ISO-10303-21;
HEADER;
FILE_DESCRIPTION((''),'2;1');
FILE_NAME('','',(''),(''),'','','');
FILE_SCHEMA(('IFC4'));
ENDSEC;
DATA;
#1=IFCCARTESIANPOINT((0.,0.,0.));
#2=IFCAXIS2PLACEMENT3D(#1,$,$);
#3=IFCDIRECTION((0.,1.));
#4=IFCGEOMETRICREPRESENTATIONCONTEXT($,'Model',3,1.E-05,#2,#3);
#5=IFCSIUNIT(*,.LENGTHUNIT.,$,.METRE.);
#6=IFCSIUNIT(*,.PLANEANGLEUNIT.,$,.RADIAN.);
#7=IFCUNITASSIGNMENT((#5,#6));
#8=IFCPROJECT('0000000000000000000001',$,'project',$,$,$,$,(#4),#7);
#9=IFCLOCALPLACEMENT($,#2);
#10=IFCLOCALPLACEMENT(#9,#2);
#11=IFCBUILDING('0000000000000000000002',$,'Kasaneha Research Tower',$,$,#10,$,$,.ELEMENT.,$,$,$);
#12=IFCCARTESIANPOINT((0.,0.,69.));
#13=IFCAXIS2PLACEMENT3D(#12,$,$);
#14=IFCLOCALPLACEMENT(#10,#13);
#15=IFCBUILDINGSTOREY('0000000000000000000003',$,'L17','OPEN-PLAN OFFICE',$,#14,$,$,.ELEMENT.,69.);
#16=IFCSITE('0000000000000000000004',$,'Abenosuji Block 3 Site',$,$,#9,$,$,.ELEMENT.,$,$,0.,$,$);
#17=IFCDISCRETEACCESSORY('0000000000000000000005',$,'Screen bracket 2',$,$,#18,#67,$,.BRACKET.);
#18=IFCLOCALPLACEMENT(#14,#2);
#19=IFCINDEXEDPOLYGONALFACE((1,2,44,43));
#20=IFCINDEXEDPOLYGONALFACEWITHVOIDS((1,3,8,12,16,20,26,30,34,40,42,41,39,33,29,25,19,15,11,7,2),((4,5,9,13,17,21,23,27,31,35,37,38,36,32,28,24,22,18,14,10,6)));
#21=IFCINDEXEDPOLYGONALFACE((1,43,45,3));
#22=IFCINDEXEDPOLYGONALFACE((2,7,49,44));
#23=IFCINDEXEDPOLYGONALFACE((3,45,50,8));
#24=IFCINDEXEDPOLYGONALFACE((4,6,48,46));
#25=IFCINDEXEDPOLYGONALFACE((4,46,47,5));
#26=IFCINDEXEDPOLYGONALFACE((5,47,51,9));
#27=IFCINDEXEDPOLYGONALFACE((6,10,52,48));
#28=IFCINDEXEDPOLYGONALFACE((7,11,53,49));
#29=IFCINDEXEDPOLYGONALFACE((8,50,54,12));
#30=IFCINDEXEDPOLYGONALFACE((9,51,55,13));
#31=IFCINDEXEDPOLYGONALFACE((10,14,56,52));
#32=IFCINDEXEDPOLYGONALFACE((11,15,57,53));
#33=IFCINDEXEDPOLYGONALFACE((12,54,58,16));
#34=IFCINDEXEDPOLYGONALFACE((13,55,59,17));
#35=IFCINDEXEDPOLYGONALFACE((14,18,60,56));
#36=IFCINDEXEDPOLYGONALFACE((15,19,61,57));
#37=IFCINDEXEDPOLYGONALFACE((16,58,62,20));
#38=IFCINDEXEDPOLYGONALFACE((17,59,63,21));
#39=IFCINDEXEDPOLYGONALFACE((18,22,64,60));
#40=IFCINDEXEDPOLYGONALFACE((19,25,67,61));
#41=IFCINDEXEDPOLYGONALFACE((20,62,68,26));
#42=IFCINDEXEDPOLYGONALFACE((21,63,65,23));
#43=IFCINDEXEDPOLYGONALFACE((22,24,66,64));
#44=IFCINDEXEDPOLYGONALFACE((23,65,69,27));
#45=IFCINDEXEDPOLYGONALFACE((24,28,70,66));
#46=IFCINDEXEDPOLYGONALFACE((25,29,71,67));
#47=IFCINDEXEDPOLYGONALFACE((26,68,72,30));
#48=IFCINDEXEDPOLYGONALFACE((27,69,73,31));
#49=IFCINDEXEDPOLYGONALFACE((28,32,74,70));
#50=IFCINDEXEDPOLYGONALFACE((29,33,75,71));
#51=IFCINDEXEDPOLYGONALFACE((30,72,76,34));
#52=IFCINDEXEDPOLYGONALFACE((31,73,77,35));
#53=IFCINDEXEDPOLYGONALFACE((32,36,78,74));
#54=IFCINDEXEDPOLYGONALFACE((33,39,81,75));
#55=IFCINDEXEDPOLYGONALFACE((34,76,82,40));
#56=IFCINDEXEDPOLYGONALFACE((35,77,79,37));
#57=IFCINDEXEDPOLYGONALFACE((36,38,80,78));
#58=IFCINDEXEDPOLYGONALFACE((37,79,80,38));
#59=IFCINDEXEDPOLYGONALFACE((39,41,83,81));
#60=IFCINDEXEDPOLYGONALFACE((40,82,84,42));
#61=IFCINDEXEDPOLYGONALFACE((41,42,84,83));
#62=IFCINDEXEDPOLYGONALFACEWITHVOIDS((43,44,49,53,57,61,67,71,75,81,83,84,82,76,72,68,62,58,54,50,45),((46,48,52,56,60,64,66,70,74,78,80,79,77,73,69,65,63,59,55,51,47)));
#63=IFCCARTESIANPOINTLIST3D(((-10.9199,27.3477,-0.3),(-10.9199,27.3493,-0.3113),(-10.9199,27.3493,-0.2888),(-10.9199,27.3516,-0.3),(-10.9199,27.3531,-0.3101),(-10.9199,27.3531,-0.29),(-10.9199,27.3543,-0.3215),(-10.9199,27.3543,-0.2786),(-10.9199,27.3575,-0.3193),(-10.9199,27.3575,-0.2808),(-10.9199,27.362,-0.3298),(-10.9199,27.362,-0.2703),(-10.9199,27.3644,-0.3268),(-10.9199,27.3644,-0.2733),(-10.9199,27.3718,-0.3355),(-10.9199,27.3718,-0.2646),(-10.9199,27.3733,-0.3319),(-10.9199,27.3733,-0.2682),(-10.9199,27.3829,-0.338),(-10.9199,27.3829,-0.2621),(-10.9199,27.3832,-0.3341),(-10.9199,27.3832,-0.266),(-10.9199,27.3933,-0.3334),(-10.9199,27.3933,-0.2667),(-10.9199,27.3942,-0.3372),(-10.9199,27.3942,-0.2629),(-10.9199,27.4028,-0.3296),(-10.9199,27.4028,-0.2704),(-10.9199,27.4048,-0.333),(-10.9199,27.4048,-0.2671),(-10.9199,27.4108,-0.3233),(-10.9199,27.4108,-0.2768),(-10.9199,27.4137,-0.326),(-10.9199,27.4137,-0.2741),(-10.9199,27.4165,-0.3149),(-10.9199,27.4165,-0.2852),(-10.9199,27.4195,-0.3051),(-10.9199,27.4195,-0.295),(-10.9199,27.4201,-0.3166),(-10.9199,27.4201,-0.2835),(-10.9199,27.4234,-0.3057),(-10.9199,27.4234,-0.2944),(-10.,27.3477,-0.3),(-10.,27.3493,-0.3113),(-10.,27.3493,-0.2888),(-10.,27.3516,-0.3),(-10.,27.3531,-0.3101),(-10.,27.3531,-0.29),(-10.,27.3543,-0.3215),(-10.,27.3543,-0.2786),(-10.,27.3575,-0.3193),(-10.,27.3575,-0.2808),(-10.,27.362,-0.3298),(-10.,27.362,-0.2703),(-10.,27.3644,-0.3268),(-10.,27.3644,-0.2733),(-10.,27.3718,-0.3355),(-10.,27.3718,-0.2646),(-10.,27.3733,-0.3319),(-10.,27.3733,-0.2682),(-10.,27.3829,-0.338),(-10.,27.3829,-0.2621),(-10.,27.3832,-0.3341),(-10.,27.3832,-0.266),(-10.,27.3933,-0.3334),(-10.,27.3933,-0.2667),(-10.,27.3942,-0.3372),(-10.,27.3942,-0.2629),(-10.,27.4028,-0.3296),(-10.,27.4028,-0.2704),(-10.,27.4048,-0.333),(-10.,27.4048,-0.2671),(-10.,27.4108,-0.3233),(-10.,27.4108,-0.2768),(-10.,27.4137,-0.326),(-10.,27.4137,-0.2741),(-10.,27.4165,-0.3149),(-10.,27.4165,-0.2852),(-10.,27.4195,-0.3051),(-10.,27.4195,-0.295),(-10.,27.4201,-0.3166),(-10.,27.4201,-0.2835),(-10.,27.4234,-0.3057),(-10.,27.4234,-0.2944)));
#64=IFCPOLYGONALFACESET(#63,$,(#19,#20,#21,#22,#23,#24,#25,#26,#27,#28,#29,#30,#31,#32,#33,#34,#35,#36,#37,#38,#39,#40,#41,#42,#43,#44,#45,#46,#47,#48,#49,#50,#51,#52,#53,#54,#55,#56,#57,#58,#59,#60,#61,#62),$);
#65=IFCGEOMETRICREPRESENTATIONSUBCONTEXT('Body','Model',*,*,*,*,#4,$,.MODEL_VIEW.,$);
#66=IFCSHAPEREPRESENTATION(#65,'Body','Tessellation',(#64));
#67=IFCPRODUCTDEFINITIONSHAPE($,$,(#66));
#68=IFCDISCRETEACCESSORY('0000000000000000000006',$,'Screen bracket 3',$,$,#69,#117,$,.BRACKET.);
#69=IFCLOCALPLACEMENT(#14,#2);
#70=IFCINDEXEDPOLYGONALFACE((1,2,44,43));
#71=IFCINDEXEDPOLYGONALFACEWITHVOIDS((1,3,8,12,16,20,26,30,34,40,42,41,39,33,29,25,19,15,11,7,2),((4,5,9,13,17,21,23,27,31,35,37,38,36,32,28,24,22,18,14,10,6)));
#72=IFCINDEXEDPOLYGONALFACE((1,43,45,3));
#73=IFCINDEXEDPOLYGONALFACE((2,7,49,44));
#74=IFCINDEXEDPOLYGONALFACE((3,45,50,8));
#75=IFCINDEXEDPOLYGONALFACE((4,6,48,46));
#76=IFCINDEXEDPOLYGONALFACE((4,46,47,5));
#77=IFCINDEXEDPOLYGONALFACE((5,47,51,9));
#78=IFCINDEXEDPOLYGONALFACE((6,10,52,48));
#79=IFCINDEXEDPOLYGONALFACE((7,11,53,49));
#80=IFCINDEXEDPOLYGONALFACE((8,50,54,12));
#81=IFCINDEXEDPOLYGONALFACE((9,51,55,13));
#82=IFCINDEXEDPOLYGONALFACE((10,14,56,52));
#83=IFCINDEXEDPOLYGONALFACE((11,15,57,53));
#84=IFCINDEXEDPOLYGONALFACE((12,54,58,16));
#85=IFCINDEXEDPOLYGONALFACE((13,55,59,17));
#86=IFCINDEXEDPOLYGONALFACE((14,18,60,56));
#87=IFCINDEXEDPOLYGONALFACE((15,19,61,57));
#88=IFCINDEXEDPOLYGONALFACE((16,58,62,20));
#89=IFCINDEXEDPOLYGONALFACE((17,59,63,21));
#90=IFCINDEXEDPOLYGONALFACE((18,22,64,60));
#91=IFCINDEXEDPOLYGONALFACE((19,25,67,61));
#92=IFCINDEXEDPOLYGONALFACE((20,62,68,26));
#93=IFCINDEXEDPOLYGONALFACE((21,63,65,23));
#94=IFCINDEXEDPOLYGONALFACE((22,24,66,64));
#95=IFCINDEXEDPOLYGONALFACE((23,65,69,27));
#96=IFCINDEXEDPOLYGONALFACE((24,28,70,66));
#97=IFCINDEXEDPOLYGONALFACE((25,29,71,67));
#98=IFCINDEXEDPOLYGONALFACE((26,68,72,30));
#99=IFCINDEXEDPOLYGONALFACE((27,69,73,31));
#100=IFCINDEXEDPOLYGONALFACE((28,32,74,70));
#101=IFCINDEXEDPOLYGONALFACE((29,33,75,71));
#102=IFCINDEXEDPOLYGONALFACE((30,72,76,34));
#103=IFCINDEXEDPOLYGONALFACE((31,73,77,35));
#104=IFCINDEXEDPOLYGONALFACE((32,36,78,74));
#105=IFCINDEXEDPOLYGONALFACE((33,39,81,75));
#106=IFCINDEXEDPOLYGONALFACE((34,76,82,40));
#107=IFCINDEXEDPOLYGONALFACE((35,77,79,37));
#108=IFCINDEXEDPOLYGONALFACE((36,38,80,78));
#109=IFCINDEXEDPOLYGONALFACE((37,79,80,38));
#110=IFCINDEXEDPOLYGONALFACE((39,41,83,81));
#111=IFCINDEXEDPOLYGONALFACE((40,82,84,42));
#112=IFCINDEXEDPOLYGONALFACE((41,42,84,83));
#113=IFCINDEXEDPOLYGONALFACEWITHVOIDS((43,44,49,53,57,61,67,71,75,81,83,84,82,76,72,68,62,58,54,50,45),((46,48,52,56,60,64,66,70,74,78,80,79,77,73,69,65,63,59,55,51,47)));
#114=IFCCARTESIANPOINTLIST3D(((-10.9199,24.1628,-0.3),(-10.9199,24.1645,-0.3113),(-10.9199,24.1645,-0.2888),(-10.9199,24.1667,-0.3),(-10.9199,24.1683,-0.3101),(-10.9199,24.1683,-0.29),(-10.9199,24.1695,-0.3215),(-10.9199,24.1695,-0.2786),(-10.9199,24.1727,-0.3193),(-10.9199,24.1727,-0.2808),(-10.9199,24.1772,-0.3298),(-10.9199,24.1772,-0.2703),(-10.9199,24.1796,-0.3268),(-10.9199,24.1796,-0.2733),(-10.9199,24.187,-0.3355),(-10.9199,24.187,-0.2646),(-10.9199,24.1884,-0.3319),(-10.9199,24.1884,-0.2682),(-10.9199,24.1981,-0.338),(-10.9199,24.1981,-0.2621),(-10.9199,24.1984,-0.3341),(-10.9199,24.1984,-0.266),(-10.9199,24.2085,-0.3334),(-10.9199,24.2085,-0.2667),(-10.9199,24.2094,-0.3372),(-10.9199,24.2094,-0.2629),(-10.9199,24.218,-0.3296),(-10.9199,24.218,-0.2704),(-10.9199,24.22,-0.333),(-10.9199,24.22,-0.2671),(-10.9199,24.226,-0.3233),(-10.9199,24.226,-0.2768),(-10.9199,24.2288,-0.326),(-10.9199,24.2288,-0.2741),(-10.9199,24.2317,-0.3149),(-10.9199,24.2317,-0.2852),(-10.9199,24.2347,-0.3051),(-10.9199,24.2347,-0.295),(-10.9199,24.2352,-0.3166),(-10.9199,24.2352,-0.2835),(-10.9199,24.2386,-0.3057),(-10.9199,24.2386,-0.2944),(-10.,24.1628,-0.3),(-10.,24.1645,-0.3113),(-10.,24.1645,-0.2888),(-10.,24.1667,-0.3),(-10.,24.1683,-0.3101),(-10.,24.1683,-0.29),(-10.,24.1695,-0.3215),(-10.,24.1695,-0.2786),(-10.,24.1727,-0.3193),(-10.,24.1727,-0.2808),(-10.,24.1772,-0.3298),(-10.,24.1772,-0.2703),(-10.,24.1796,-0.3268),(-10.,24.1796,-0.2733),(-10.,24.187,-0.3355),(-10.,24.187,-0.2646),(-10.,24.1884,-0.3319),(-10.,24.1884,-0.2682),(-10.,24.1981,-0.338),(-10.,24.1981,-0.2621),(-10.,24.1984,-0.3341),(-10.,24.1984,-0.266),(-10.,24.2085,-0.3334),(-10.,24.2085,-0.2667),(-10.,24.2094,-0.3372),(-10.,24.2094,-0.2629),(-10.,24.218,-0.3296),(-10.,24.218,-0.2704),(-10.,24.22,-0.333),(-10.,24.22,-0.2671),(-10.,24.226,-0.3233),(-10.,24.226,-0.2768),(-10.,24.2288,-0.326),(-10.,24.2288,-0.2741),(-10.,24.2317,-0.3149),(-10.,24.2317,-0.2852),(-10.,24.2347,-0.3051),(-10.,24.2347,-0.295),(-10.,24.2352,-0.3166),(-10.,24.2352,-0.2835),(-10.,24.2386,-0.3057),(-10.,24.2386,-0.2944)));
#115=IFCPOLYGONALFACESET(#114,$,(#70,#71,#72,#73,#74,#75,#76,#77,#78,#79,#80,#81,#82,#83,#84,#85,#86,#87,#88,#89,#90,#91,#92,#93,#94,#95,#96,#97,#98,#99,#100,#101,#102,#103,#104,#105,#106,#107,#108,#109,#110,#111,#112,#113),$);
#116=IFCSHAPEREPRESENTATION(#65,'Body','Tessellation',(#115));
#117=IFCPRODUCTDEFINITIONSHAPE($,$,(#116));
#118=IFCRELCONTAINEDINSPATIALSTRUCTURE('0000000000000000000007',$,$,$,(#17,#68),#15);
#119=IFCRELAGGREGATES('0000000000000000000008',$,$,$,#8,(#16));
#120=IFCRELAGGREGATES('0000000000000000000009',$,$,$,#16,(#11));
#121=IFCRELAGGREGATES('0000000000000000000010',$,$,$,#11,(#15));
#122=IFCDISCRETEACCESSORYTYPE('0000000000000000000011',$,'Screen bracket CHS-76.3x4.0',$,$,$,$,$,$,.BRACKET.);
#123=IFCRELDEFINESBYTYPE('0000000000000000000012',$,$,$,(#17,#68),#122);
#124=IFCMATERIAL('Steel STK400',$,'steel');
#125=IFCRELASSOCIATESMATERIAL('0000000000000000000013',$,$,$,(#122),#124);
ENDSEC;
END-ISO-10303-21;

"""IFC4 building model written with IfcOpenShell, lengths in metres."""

from ifc_helpers import new_model, si_unit, direction, frame, origin, origin_2d, place, context, subcontext, project, spatial, hollow_circle, extrude, material, material_profile, profile_set, type_object, element, save


model = new_model("IFC4")

# Units and contexts
model_context = context("Model", 3, precision=1e-05, world=origin(), true_north=direction((0.0, 1.0)))
body_context = subcontext(model_context, "Body", "Model", "MODEL_VIEW")
ifc_project = project(units=[si_unit("LENGTHUNIT", "METRE"), si_unit("PLANEANGLEUNIT", "RADIAN")], contexts=[model_context])

# Site, building, storey
site_placement = place(None, origin())
site = spatial("IfcSite", under=ifc_project, at=site_placement, Name="Abenosuji Block 3 Site", CompositionType="ELEMENT", RefElevation=0.0)
building_placement = place(site_placement, origin())
building = spatial("IfcBuilding", under=site, at=building_placement, Name="Kasaneha Research Tower", CompositionType="ELEMENT")
storey_placement = place(building_placement, frame((0.0, 0.0, 69.0)))
storey = spatial("IfcBuildingStorey", under=building, at=storey_placement, Name="L17", Description="OPEN-PLAN OFFICE", CompositionType="ELEMENT", Elevation=69.0)

# Discrete accessories
ifc_material_1 = material(Name="Steel STK400", Category="steel")
ifc_material_profile_1 = material_profile(ifc_material_1, hollow_circle(Radius=0.0381, WallThickness=0.0039, at=origin_2d()), Name="CHS-76.3x4.0")
ifc_profile_set_1 = profile_set([ifc_material_profile_1], Name="Steel STK400")
discrete_accessory_type = type_object("IfcDiscreteAccessoryType", Name="Screen bracket CHS-76.3x4.0", PredefinedType="BRACKET", material=ifc_profile_set_1)
for number, where, z_axis, x_axis, name in (
    (1, (-10.0, 27.3857, -0.3), (-1.0, 0.0, 0.0), (0.0, -1.0, 0.0), "Screen bracket 2"),
    (2, (-10.0, 24.2009, -0.3), (-1.0, 0.0, 0.0), (0.0, -1.0, 0.0), "Screen bracket 3"),
):
    element("IfcDiscreteAccessory", number, at=place(storey_placement, frame(where, z_axis=z_axis, x_axis=x_axis)), inside=storey, type_object=discrete_accessory_type, Name=name, PredefinedType="BRACKET", context=body_context, shape_type="SweptSolid", body=[
        extrude(hollow_circle(Radius=0.0381, WallThickness=0.0039, at=origin_2d()), origin(), (0.0, 0.0, 1.0), 0.9199),
    ])

save(model, "model.ifc")
